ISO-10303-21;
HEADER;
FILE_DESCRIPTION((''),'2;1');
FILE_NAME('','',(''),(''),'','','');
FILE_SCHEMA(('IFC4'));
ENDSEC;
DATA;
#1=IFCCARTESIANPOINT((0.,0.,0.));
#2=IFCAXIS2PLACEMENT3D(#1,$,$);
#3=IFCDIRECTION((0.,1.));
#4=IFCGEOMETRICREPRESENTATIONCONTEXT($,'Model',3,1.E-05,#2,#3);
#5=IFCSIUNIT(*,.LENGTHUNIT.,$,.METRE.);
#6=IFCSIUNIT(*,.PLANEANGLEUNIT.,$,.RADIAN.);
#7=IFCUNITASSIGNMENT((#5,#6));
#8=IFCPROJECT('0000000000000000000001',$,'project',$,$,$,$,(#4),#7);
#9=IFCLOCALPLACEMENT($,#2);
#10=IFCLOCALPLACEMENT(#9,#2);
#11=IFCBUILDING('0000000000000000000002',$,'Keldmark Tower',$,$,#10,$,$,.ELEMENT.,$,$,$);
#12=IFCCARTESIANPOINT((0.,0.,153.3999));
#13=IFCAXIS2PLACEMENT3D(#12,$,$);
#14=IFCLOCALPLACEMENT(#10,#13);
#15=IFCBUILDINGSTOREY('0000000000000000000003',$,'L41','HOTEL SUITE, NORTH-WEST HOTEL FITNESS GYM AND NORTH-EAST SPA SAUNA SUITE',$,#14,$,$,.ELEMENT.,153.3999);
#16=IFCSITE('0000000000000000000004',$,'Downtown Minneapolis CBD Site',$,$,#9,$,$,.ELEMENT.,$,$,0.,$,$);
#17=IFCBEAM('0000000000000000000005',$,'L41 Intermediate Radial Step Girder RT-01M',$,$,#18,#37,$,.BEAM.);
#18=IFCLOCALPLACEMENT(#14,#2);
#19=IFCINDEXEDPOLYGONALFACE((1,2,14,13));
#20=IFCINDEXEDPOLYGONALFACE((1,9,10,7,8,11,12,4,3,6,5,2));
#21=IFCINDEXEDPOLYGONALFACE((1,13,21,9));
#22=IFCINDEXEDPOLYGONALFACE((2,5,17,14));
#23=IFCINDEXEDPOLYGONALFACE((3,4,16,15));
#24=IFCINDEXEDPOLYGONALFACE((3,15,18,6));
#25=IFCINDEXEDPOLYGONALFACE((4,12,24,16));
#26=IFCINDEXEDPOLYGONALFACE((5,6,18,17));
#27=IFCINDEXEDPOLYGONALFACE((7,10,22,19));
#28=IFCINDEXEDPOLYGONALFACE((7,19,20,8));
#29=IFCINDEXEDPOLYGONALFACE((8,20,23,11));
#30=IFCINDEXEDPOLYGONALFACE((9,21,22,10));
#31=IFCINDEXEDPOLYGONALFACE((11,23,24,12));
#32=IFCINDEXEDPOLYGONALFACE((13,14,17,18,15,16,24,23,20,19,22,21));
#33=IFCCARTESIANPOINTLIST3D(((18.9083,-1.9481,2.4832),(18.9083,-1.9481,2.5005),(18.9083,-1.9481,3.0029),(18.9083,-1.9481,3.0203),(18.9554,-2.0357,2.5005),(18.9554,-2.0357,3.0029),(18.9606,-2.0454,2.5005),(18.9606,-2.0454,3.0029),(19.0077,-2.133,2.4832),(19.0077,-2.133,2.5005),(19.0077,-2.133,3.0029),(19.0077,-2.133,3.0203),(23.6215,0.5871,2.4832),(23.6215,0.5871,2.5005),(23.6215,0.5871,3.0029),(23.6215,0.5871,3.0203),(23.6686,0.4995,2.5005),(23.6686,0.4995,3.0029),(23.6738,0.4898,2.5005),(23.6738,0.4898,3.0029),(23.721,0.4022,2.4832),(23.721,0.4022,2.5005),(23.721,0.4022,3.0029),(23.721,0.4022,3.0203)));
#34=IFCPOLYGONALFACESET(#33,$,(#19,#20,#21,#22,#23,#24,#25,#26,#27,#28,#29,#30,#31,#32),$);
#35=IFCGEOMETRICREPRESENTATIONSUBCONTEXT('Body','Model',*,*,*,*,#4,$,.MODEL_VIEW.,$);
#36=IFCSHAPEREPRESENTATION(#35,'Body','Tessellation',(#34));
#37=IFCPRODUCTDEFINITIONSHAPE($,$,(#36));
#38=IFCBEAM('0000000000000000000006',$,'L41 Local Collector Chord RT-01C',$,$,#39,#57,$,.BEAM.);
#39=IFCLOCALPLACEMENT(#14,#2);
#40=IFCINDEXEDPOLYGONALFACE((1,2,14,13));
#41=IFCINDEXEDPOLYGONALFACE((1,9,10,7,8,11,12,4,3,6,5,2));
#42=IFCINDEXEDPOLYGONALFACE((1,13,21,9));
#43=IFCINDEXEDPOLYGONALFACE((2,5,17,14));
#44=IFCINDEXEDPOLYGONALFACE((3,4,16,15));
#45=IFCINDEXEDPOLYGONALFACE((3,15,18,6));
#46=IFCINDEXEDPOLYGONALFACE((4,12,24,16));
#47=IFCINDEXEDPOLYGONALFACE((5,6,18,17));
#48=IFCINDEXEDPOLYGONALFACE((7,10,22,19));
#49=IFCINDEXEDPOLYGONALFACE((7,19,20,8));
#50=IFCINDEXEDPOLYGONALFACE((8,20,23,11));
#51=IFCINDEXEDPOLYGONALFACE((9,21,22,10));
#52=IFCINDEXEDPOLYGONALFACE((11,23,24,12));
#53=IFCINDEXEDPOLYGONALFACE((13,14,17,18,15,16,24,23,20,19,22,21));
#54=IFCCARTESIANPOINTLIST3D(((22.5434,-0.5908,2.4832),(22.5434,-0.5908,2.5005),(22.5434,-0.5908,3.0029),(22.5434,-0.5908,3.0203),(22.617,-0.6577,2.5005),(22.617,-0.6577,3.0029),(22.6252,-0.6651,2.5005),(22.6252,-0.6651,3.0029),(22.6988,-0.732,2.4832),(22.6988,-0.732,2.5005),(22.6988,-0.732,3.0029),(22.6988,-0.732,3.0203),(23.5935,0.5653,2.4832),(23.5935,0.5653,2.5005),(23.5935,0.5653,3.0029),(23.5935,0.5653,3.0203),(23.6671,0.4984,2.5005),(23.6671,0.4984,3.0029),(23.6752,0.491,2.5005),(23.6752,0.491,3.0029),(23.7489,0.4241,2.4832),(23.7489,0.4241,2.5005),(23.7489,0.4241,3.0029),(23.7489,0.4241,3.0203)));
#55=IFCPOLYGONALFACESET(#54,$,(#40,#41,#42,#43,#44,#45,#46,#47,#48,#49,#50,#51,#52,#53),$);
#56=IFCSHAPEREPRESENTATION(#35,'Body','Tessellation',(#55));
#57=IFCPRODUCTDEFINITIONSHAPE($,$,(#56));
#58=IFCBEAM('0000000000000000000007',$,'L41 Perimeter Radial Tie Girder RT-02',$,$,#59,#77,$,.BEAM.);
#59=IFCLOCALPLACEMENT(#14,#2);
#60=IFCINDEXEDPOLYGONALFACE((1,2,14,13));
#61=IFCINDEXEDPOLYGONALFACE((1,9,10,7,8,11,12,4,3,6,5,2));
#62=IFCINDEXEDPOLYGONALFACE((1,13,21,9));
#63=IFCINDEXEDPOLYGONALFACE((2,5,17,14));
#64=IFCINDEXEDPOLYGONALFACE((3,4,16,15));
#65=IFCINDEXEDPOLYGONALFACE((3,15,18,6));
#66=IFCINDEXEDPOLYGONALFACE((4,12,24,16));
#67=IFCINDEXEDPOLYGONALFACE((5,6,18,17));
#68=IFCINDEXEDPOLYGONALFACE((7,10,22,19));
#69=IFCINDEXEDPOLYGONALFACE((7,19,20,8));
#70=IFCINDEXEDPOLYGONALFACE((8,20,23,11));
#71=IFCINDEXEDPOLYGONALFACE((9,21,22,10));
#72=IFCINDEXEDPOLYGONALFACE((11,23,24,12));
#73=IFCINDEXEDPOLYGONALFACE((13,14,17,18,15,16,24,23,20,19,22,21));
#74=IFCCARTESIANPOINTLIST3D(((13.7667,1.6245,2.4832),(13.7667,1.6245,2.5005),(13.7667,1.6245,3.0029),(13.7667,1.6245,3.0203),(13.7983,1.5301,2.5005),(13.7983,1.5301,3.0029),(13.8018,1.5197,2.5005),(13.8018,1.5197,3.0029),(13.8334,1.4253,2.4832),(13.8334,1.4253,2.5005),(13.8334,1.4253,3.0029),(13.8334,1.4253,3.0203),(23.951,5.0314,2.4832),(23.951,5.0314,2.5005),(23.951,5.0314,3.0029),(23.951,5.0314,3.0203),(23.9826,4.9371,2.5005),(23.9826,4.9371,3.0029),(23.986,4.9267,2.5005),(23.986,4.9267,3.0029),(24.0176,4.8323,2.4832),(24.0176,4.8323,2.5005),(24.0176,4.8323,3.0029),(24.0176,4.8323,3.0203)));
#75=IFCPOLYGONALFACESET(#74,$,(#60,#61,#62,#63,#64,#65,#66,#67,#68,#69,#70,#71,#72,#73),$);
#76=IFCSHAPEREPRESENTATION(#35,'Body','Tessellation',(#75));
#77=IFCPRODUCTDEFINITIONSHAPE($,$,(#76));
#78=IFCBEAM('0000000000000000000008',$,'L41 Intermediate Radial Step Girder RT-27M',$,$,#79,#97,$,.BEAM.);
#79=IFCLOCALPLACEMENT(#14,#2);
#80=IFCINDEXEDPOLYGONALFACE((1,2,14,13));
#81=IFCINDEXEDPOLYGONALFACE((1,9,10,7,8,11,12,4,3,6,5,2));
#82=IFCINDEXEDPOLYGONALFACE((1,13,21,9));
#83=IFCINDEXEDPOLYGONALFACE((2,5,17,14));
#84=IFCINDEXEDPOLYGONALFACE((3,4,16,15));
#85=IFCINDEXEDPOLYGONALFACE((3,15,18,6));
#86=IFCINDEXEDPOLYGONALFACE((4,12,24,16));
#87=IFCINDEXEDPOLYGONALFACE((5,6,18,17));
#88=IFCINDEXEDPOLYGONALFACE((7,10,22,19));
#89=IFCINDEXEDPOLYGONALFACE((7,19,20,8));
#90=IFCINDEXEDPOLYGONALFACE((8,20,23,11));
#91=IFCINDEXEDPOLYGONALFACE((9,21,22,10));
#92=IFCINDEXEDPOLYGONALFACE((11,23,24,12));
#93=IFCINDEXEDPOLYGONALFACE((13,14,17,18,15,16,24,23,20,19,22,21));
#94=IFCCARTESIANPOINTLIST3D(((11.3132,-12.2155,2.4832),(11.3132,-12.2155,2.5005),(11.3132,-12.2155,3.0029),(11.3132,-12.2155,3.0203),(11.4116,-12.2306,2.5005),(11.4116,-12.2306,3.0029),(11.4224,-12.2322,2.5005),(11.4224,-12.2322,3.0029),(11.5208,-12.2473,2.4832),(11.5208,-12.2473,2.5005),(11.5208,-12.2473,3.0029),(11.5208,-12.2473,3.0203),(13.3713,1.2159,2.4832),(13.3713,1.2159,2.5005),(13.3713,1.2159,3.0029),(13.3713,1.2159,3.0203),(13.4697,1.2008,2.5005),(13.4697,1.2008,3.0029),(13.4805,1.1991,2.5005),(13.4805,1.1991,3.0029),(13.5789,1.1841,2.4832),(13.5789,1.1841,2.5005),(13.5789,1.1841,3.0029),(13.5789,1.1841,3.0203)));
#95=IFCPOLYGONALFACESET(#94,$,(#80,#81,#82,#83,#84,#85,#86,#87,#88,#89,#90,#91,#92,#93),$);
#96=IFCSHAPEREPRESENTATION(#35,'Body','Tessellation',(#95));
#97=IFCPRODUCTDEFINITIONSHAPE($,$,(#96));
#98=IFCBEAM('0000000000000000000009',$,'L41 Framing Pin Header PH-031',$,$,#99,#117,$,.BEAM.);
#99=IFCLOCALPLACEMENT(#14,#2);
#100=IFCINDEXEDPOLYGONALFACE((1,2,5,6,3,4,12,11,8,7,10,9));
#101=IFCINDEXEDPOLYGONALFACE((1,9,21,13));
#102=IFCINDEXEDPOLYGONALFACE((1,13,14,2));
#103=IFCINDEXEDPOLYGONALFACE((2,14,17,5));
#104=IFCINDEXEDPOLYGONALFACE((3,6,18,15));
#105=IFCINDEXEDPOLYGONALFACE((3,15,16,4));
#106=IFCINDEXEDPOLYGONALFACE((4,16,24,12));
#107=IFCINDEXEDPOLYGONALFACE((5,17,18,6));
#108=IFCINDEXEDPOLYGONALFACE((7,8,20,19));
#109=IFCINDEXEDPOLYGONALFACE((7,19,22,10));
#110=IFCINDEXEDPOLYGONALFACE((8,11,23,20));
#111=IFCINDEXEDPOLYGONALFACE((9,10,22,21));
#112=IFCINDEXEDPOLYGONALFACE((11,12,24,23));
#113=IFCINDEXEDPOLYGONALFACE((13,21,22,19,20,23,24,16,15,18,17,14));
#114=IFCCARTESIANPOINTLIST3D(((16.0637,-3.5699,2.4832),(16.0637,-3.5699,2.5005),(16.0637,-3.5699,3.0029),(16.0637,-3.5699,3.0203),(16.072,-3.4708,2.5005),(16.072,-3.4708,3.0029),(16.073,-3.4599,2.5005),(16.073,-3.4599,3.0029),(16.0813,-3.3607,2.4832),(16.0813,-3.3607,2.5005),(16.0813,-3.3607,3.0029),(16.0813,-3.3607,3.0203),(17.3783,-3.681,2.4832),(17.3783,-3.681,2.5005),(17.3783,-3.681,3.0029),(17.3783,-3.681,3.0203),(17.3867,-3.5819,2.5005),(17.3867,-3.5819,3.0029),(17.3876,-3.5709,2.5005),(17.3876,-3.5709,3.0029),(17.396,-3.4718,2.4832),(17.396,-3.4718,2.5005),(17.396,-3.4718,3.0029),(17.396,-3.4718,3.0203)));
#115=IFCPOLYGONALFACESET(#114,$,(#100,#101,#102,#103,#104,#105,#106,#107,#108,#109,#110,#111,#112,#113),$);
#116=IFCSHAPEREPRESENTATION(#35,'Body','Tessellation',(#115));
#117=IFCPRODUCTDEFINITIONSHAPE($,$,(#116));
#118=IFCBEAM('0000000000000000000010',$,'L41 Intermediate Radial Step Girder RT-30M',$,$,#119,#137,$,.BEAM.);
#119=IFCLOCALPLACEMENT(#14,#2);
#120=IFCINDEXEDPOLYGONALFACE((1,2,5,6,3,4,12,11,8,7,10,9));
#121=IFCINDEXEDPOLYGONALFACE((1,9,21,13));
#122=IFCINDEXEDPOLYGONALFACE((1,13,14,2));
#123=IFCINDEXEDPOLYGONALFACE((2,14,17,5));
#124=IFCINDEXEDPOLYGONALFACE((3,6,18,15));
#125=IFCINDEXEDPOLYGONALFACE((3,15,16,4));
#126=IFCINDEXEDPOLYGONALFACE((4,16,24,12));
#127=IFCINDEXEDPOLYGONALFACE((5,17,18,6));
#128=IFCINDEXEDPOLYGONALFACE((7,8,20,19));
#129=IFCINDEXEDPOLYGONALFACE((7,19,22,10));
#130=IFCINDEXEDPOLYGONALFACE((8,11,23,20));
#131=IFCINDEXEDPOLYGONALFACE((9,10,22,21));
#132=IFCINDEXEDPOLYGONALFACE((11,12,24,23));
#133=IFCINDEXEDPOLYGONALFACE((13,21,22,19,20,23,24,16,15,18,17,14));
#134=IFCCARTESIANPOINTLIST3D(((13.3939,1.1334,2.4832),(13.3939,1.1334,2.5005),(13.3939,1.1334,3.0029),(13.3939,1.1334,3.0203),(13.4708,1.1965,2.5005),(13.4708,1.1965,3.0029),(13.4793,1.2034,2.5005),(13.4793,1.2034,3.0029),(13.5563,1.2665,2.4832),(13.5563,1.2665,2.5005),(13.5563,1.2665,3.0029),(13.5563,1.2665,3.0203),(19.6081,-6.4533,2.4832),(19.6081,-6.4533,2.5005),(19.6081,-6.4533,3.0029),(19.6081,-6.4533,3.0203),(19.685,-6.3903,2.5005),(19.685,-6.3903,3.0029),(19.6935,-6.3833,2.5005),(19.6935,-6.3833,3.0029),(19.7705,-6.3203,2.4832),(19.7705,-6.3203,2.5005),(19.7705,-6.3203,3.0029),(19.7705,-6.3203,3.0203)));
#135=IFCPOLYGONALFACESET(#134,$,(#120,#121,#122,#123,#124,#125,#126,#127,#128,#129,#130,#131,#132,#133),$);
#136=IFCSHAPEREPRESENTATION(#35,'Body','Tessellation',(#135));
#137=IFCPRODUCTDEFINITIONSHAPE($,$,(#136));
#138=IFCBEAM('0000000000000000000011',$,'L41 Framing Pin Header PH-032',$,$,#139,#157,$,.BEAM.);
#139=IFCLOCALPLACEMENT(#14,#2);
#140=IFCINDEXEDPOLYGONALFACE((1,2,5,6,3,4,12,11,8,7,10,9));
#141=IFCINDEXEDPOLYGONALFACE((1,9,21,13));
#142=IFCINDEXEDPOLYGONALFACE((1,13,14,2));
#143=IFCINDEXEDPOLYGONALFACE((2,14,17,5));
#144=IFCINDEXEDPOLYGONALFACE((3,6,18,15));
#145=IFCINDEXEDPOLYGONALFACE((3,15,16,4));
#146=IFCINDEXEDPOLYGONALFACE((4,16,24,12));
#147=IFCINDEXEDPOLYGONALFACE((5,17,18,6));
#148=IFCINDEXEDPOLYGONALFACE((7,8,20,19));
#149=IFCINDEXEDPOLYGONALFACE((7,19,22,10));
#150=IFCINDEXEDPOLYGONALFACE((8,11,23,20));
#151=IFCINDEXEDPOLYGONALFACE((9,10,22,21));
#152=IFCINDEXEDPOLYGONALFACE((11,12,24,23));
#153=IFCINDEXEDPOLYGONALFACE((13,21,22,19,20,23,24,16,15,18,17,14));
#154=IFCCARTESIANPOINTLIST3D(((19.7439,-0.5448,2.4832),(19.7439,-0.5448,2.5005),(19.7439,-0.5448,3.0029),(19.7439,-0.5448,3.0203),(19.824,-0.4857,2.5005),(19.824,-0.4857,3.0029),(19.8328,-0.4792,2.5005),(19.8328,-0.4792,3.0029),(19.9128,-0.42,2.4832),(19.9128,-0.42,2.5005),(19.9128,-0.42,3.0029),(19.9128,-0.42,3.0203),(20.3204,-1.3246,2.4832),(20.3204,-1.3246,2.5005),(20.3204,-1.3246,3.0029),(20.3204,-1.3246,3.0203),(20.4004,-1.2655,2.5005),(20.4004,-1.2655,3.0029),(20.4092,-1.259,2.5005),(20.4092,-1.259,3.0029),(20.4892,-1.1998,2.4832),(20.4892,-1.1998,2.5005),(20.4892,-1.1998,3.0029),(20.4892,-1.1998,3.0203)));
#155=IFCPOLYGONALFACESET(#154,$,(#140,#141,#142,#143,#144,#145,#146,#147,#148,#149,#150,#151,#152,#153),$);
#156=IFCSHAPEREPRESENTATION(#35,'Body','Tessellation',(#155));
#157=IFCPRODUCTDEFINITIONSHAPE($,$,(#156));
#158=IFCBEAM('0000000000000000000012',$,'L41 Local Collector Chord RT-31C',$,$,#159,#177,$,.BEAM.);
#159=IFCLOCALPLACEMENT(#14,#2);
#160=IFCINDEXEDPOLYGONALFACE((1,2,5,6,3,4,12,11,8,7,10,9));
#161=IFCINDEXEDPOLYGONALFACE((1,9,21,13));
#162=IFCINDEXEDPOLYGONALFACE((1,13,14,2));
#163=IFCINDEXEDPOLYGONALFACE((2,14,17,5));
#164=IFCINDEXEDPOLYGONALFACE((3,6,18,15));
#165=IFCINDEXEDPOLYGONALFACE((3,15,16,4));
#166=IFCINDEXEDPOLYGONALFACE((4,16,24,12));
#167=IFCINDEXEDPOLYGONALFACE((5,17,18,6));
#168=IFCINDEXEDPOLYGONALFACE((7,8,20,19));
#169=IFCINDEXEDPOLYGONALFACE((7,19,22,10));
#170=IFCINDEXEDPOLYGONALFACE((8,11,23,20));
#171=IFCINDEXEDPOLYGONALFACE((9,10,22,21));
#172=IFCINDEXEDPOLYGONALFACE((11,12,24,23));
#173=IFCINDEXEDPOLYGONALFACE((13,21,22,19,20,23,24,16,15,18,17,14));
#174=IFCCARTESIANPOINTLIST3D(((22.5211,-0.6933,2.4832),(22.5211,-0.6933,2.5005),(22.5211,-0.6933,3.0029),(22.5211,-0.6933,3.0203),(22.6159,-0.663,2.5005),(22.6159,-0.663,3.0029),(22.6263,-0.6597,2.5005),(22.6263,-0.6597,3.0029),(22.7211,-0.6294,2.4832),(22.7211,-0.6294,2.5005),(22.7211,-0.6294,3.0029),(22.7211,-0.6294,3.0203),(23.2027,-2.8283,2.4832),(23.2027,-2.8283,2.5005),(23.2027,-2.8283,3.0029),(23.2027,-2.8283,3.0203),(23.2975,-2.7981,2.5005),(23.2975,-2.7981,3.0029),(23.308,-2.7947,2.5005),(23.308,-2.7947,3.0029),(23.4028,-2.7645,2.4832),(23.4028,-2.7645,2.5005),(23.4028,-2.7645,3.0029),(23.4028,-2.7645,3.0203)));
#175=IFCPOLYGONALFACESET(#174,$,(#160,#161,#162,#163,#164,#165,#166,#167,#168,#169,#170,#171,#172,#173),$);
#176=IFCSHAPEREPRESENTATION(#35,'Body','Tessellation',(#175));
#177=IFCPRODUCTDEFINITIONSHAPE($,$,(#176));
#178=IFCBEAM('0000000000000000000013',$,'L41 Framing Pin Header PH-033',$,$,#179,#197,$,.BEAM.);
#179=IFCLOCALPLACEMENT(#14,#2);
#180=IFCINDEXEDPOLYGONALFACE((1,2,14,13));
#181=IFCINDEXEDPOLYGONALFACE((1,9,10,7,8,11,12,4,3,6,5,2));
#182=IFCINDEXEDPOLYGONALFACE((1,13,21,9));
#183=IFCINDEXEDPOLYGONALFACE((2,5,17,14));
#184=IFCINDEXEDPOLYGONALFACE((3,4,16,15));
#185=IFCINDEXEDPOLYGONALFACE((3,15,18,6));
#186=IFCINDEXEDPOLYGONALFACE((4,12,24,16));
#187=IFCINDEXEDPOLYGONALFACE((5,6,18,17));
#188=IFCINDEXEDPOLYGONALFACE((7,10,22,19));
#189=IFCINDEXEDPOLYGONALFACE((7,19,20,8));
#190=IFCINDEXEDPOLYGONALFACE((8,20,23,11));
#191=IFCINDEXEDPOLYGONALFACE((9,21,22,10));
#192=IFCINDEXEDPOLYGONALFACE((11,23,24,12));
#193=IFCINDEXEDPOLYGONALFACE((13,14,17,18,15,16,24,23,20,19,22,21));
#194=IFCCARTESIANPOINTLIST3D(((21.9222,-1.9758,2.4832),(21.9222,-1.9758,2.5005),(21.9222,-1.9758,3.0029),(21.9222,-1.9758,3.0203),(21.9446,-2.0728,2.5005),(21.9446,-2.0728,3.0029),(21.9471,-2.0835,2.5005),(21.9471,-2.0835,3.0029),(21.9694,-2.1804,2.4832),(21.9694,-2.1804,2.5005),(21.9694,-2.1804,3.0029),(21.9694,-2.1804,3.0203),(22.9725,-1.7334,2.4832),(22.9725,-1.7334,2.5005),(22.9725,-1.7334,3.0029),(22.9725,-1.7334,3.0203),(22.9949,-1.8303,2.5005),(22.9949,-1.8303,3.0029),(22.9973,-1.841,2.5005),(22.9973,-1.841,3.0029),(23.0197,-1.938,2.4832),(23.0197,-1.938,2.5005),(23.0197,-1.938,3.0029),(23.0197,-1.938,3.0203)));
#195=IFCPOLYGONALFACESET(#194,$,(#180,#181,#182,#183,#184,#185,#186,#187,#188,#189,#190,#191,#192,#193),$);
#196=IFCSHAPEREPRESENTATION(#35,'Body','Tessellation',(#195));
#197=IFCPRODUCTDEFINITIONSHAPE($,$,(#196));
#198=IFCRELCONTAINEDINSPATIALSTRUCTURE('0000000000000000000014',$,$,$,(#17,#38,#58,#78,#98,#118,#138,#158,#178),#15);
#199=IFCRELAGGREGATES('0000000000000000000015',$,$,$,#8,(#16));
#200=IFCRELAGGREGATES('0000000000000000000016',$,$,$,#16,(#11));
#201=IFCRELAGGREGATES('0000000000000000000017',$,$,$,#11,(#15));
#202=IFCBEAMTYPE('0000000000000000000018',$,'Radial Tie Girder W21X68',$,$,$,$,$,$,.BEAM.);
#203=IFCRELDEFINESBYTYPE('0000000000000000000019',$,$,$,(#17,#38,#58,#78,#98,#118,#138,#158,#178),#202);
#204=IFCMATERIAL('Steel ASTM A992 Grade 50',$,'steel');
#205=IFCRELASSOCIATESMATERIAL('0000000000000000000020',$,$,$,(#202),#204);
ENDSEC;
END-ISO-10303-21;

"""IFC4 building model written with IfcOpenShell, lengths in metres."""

from ifc_helpers import new_model, si_unit, direction, frame, origin, origin_2d, place, context, subcontext, project, spatial, i_section, extrude, material, material_profile, profile_set, type_object, element, save


model = new_model("IFC4")

# Units and contexts
model_context = context("Model", 3, precision=1e-05, world=origin(), true_north=direction((0.0, 1.0)))
body_context = subcontext(model_context, "Body", "Model", "MODEL_VIEW")
ifc_project = project(units=[si_unit("LENGTHUNIT", "METRE"), si_unit("PLANEANGLEUNIT", "RADIAN")], contexts=[model_context])

# Site, building, storey
site_placement = place(None, origin())
site = spatial("IfcSite", under=ifc_project, at=site_placement, Name="Downtown Minneapolis CBD Site", CompositionType="ELEMENT", RefElevation=0.0)
building_placement = place(site_placement, origin())
building = spatial("IfcBuilding", under=site, at=building_placement, Name="Keldmark Tower", CompositionType="ELEMENT")
storey_placement = place(building_placement, frame((0.0, 0.0, 153.3999)))
storey = spatial("IfcBuildingStorey", under=building, at=storey_placement, Name="L41", Description="HOTEL SUITE, NORTH-WEST HOTEL FITNESS GYM AND NORTH-EAST SPA SAUNA SUITE", CompositionType="ELEMENT", Elevation=153.3999)

# Beams
ifc_material_1 = material(Name="Steel ASTM A992 Grade 50", Category="steel")
ifc_material_profile_1 = material_profile(ifc_material_1, i_section(OverallWidth=0.21, OverallDepth=0.5371, WebThickness=0.011, FlangeThickness=0.0173, at=origin_2d()), Name="W21X68")
ifc_profile_set_1 = profile_set([ifc_material_profile_1], Name="Steel ASTM A992 Grade 50")
beam_type_1 = type_object("IfcBeamType", Name="Radial Tie Girder W21X68", PredefinedType="BEAM", material=ifc_profile_set_1)
beam_1_placement = place(storey_placement, frame((18.958, -2.0405, 2.7517), z_axis=(0.88068, 0.473711, 0.0), x_axis=(-0.473711, 0.88068, 0.0)))
element("IfcBeam", 1, at=beam_1_placement, inside=storey, type_object=beam_type_1, Name="L41 Intermediate Radial Step Girder RT-01M", PredefinedType="BEAM", context=body_context, shape_type="SweptSolid", body=[
    extrude(i_section(OverallWidth=0.21, OverallDepth=0.5371, WebThickness=0.011, FlangeThickness=0.0173, at=origin_2d()), origin(), (0.0, 0.0, 1.0), 5.3518),
])
beam_2_placement = place(storey_placement, frame((22.6211, -0.6614, 2.7517), z_axis=(0.672369, 0.740216, 0.0), x_axis=(-0.740216, 0.672369, 0.0)))
element("IfcBeam", 2, at=beam_2_placement, inside=storey, type_object=beam_type_1, Name="L41 Local Collector Chord RT-01C", PredefinedType="BEAM", context=body_context, shape_type="SweptSolid", body=[
    extrude(i_section(OverallWidth=0.21, OverallDepth=0.5371, WebThickness=0.011, FlangeThickness=0.0173, at=origin_2d()), origin(), (0.0, 0.0, 1.0), 1.5618),
])
beam_3_placement = place(storey_placement, frame((13.8, 1.5249, 2.7517), z_axis=(0.948342, 0.317251, 0.0), x_axis=(-0.317251, 0.948342, 0.0)))
element("IfcBeam", 3, at=beam_3_placement, inside=storey, type_object=beam_type_1, Name="L41 Perimeter Radial Tie Girder RT-02", PredefinedType="BEAM", context=body_context, shape_type="SweptSolid", body=[
    extrude(i_section(OverallWidth=0.21, OverallDepth=0.5371, WebThickness=0.011, FlangeThickness=0.0173, at=origin_2d()), origin(), (0.0, 0.0, 1.0), 10.739),
])
beam_4_placement = place(storey_placement, frame((13.4751, 1.2, 2.7517), z_axis=(-0.151463, -0.988463, 0.0), x_axis=(0.988463, -0.151463, 0.0)))
element("IfcBeam", 4, at=beam_4_placement, inside=storey, type_object=beam_type_1, Name="L41 Intermediate Radial Step Girder RT-27M", PredefinedType="BEAM", context=body_context, shape_type="SweptSolid", body=[
    extrude(i_section(OverallWidth=0.21, OverallDepth=0.5371, WebThickness=0.011, FlangeThickness=0.0173, at=origin_2d()), origin(), (0.0, 0.0, 1.0), 13.5881),
])
beam_5_placement = place(storey_placement, frame((16.0725, -3.4653, 2.7517), z_axis=(0.996449, -0.084194, 0.0), x_axis=(0.084194, 0.996449, 0.0)))
element("IfcBeam", 5, at=beam_5_placement, inside=storey, type_object=beam_type_1, Name="L41 Framing Pin Header PH-031", PredefinedType="BEAM", context=body_context, shape_type="SweptSolid", body=[
    extrude(i_section(OverallWidth=0.21, OverallDepth=0.5371, WebThickness=0.011, FlangeThickness=0.0173, at=origin_2d()), origin(), (0.0, 0.0, 1.0), 1.3193),
])
beam_6_placement = place(storey_placement, frame((13.4751, 1.2, 2.7517), z_axis=(0.633655, -0.773616, 0.0), x_axis=(0.773616, 0.633655, 0.0)))
element("IfcBeam", 6, at=beam_6_placement, inside=storey, type_object=beam_type_1, Name="L41 Intermediate Radial Step Girder RT-30M", PredefinedType="BEAM", context=body_context, shape_type="SweptSolid", body=[
    extrude(i_section(OverallWidth=0.21, OverallDepth=0.5371, WebThickness=0.011, FlangeThickness=0.0173, at=origin_2d()), origin(), (0.0, 0.0, 1.0), 9.8069),
])
beam_7_placement = place(storey_placement, frame((19.8284, -0.4824, 2.7517), z_axis=(0.594426, -0.80415, 0.0), x_axis=(0.80415, 0.594426, 0.0)))
element("IfcBeam", 7, at=beam_7_placement, inside=storey, type_object=beam_type_1, Name="L41 Framing Pin Header PH-032", PredefinedType="BEAM", context=body_context, shape_type="SweptSolid", body=[
    extrude(i_section(OverallWidth=0.21, OverallDepth=0.5371, WebThickness=0.011, FlangeThickness=0.0173, at=origin_2d()), origin(), (0.0, 0.0, 1.0), 0.9697),
])
beam_8_placement = place(storey_placement, frame((22.6211, -0.6614, 2.7517), z_axis=(0.304143, -0.952626, 0.0), x_axis=(0.952626, 0.304143, 0.0)))
element("IfcBeam", 8, at=beam_8_placement, inside=storey, type_object=beam_type_1, Name="L41 Local Collector Chord RT-31C", PredefinedType="BEAM", context=body_context, shape_type="SweptSolid", body=[
    extrude(i_section(OverallWidth=0.21, OverallDepth=0.5371, WebThickness=0.011, FlangeThickness=0.0173, at=origin_2d()), origin(), (0.0, 0.0, 1.0), 2.2412),
])
beam_9_placement = place(storey_placement, frame((22.9961, -1.8357, 2.7517), z_axis=(-0.97438, -0.224909, 0.0), x_axis=(0.224909, -0.97438, 0.0)))
element("IfcBeam", 9, at=beam_9_placement, inside=storey, type_object=beam_type_1, Name="L41 Framing Pin Header PH-033", PredefinedType="BEAM", context=body_context, shape_type="SweptSolid", body=[
    extrude(i_section(OverallWidth=0.21, OverallDepth=0.5371, WebThickness=0.011, FlangeThickness=0.0173, at=origin_2d()), origin(), (0.0, 0.0, 1.0), 1.0779),
])

save(model, "model.ifc")
